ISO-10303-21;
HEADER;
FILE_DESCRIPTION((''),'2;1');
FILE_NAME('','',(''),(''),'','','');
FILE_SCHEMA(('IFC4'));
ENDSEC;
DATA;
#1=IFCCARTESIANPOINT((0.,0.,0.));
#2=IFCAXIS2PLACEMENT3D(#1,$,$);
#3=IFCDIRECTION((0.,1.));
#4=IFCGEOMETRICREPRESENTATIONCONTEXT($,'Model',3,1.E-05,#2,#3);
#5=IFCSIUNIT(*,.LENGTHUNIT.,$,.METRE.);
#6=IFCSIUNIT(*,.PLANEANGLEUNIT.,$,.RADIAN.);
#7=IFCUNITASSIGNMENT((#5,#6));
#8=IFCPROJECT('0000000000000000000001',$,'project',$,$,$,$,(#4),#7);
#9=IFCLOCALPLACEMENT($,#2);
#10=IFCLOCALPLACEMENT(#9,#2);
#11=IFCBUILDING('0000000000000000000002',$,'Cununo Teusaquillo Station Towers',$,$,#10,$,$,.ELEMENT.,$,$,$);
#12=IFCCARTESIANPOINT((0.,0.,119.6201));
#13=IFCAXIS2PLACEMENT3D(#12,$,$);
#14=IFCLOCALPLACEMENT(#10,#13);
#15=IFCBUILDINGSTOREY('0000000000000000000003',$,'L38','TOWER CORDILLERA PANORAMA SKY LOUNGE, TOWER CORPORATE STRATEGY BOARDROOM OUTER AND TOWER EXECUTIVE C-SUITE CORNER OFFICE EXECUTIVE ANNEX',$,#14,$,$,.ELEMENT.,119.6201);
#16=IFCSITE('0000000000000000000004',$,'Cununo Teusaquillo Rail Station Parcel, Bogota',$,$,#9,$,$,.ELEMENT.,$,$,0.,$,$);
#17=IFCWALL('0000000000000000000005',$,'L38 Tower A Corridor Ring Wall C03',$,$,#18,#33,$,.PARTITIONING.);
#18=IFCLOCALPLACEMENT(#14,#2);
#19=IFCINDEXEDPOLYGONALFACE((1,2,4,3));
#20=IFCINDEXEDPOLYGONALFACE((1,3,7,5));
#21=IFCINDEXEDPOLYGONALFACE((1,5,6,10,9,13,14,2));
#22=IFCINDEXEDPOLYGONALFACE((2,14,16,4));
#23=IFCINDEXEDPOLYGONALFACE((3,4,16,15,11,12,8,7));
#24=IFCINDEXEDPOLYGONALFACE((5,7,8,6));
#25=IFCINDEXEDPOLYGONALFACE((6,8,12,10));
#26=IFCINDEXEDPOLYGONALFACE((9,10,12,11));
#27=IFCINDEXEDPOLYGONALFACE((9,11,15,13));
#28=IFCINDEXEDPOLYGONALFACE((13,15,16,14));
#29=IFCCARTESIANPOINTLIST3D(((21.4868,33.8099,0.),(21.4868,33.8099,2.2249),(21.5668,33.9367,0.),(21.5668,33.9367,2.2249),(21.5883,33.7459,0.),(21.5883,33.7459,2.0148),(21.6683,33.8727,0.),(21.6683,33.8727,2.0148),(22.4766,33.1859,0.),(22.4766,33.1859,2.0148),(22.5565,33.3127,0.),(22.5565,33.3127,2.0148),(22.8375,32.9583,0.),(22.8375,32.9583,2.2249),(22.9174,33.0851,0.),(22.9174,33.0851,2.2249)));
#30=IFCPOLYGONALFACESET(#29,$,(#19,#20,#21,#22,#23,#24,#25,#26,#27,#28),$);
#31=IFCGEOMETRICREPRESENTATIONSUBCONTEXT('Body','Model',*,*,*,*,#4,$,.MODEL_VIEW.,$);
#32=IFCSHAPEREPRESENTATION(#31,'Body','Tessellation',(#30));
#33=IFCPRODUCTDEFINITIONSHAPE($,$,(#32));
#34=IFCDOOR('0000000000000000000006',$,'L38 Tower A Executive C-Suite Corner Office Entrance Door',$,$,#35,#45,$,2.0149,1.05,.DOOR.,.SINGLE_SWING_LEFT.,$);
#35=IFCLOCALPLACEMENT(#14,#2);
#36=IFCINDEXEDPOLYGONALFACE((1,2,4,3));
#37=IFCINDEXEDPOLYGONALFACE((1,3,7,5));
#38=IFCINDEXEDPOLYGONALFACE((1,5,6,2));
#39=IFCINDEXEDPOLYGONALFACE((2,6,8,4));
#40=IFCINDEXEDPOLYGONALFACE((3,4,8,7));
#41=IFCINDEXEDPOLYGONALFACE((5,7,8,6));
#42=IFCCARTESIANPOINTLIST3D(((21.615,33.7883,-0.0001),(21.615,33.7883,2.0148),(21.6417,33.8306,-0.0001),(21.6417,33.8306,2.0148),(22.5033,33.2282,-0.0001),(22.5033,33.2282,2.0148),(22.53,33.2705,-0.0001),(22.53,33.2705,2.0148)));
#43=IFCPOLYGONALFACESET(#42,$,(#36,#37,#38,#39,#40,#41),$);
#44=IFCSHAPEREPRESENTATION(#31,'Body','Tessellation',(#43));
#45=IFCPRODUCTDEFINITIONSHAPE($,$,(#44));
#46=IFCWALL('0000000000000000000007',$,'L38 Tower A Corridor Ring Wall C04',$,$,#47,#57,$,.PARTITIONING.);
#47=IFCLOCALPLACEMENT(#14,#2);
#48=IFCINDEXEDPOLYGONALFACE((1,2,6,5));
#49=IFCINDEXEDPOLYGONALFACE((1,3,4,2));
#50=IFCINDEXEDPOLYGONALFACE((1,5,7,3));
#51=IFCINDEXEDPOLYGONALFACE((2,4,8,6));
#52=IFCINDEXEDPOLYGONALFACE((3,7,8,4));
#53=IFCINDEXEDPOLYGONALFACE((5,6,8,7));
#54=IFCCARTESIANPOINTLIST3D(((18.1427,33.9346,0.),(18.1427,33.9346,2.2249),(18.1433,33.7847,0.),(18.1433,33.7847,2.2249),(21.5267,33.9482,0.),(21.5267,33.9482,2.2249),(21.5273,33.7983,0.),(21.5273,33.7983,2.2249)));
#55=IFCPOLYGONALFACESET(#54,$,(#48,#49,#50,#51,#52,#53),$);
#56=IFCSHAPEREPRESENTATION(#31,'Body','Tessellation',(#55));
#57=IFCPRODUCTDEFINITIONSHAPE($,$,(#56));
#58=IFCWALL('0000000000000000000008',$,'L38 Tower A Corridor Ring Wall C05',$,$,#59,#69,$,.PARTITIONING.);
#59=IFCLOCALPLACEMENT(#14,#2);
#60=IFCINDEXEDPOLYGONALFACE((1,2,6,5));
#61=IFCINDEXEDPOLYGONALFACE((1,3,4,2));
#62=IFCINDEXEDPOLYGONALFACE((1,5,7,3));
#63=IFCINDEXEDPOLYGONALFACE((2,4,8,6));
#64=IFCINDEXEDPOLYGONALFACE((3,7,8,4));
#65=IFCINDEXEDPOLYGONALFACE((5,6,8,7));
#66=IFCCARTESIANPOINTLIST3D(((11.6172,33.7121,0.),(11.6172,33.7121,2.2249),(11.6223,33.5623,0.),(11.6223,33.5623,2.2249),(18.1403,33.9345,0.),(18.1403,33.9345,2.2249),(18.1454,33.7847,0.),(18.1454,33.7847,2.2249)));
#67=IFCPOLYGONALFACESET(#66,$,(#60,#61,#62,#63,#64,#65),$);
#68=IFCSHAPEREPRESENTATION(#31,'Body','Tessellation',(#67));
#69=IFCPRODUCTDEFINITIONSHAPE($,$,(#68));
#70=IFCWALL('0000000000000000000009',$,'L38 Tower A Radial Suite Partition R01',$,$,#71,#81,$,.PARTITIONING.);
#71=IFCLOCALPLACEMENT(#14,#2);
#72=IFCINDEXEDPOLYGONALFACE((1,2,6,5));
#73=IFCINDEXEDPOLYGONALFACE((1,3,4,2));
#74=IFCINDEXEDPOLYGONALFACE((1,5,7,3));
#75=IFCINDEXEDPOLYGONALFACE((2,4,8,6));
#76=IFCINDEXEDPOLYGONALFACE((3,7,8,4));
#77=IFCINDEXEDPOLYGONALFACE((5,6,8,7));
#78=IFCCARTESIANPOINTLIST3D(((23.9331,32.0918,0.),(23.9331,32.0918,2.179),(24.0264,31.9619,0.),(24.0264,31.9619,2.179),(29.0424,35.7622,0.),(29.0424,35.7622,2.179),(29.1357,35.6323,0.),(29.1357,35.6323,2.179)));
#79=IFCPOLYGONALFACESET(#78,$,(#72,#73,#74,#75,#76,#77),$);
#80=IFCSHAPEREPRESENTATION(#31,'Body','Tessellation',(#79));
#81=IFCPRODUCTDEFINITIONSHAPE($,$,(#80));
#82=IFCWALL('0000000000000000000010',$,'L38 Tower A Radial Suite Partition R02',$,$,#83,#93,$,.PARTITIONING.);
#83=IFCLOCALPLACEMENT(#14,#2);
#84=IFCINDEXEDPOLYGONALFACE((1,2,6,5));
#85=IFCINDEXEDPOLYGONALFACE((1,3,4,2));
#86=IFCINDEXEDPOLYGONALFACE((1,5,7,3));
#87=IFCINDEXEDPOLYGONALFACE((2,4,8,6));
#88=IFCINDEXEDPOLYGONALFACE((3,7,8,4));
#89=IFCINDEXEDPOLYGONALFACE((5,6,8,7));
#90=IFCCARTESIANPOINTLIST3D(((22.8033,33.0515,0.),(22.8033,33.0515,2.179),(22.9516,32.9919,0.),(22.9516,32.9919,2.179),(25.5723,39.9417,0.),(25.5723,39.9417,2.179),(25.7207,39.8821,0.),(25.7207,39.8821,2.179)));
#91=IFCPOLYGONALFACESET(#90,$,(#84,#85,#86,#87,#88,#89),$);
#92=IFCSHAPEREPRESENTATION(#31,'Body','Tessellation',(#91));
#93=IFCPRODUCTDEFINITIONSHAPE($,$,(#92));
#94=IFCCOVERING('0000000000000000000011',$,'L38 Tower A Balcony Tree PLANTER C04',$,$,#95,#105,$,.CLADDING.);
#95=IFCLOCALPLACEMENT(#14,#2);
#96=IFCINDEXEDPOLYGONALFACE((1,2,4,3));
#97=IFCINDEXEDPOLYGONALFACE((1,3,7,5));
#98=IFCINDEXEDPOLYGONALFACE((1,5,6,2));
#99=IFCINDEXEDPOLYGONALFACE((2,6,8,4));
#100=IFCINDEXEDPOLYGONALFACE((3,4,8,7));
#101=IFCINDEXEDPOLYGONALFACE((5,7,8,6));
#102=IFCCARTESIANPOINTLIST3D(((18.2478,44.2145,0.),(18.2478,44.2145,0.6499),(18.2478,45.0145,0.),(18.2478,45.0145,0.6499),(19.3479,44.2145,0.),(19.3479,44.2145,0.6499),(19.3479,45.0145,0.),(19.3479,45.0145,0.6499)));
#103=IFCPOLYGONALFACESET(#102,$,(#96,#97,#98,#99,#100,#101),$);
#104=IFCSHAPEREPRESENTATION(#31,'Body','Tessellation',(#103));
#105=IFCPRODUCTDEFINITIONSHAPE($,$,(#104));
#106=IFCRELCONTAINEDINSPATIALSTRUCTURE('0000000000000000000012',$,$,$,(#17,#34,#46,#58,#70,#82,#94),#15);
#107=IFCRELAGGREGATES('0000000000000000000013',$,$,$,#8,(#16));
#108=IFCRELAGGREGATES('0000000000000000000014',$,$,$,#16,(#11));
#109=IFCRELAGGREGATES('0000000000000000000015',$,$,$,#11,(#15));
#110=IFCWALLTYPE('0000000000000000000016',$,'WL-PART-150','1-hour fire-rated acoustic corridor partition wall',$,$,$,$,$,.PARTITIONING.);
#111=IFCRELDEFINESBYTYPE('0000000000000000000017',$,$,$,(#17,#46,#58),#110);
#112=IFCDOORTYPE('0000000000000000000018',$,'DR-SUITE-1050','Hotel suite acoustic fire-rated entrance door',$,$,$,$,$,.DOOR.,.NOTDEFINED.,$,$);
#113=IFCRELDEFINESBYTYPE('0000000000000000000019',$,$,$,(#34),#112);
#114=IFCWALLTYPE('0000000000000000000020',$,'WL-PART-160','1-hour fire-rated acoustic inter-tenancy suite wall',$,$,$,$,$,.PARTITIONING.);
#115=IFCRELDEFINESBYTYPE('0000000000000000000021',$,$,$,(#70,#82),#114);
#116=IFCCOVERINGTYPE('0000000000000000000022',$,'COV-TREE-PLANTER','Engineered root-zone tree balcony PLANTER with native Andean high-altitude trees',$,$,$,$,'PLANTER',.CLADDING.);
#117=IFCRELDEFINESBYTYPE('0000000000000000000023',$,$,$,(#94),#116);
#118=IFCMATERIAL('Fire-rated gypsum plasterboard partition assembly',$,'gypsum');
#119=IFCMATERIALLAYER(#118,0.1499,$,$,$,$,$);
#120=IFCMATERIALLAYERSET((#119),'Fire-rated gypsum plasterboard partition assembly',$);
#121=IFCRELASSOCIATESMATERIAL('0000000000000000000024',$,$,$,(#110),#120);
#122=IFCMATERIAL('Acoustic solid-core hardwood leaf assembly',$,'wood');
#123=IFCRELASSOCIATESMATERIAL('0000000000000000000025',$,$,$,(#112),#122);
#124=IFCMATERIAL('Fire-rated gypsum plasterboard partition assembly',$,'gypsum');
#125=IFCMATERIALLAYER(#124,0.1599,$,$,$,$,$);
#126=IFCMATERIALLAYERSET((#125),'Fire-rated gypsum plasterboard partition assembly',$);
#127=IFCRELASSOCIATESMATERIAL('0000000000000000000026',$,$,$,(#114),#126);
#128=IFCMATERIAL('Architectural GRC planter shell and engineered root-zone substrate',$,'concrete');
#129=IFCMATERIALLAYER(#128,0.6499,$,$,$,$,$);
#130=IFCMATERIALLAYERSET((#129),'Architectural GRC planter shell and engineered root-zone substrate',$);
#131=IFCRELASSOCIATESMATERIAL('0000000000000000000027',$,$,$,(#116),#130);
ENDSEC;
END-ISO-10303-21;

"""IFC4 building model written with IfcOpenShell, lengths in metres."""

from ifc_helpers import new_model, si_unit, direction, frame, frame_2d, origin, origin_2d, place, context, subcontext, project, spatial, rectangle, extrude, source, transform, mapped, material, layer, layer_set, type_object, element, fill, save


model = new_model("IFC4")

# Units and contexts
model_context = context("Model", 3, precision=1e-05, world=origin(), true_north=direction((0.0, 1.0)))
body_context = subcontext(model_context, "Body", "Model", "MODEL_VIEW")
ifc_project = project(units=[si_unit("LENGTHUNIT", "METRE"), si_unit("PLANEANGLEUNIT", "RADIAN")], contexts=[model_context])

# Site, building, storey
site_placement = place(None, origin())
site = spatial("IfcSite", under=ifc_project, at=site_placement, Name="Cununo Teusaquillo Rail Station Parcel, Bogota", CompositionType="ELEMENT", RefElevation=0.0)
building_placement = place(site_placement, origin())
building = spatial("IfcBuilding", under=site, at=building_placement, Name="Cununo Teusaquillo Station Towers", CompositionType="ELEMENT")
storey_placement = place(building_placement, frame((0.0, 0.0, 119.6201)))
storey = spatial("IfcBuildingStorey", under=building, at=storey_placement, Name="L38", Description="TOWER CORDILLERA PANORAMA SKY LOUNGE, TOWER CORPORATE STRATEGY BOARDROOM OUTER AND TOWER EXECUTIVE C-SUITE CORNER OFFICE EXECUTIVE ANNEX", CompositionType="ELEMENT", Elevation=119.6201)

# Shared definitions
ifc_material_1 = material(Name="Fire-rated gypsum plasterboard partition assembly", Category="gypsum")
ifc_layer_1 = layer(ifc_material_1, 0.1499)
ifc_layer_set_1 = layer_set([ifc_layer_1], Name="Fire-rated gypsum plasterboard partition assembly")
wall_type_1 = type_object("IfcWallType", Name="WL-PART-150", Description="1-hour fire-rated acoustic corridor partition wall", PredefinedType="PARTITIONING", material=ifc_layer_set_1)

# Wall, opening, door
wall_1_placement = place(storey_placement, frame((22.8774, 33.0217, 0.0), z_axis=(0.0, 0.0, 1.0), x_axis=(-0.845896, 0.533348, 0.0)))
wall_1 = element("IfcWall", 1, at=wall_1_placement, inside=storey, type_object=wall_type_1, Name="L38 Tower A Corridor Ring Wall C03", PredefinedType="PARTITIONING", context=body_context, shape_type="SweptSolid", body=[
    extrude(rectangle(XDim=1.5967, YDim=0.1499, at=frame_2d((0.7983, 0.0))), origin(), (0.0, 0.0, 1.0), 2.2249),
])
shared_shape_1 = source(origin(), body_context, "Body", "SweptSolid", [
    extrude(rectangle(XDim=1.05, YDim=2.0149, at=frame_2d((0.5249, 1.0073))), frame((0.0, 0.085, 0.0), z_axis=(0.0, -1.0, 0.0), x_axis=(1.0, 0.0, 0.0)), (0.0, 0.0, 1.0), 0.1699),
])
opening_1_placement = place(wall_1_placement, frame((0.4268, 0.0, 0.0)))
opening_1 = element("IfcOpeningElement", 2, at=opening_1_placement, cuts=wall_1, PredefinedType="OPENING", context=body_context, shape_type="MappedRepresentation", body=[
    mapped(shared_shape_1, transform((0.0, 0.0, 0.0), x_axis=(1.0, 0.0, 0.0), y_axis=(0.0, 1.0, 0.0), z_axis=(0.0, 0.0, 1.0), scale=1.0)),
])
ifc_material_2 = material(Name="Acoustic solid-core hardwood leaf assembly", Category="wood")
door_type_1 = type_object("IfcDoorType", Name="DR-SUITE-1050", Description="Hotel suite acoustic fire-rated entrance door", OperationType="NOTDEFINED", PredefinedType="DOOR", material=ifc_material_2)
shared_shape_2 = source(origin(), body_context, "Body", "SweptSolid", [
    extrude(rectangle(XDim=1.05, YDim=2.0149, at=frame_2d((0.5249, 1.0073))), frame((0.0, 0.0249, 0.0), z_axis=(0.0, -1.0, 0.0), x_axis=(1.0, 0.0, 0.0)), (0.0, 0.0, 1.0), 0.05),
])
door_1_placement = place(opening_1_placement, origin())
door_1 = element("IfcDoor", 3, at=door_1_placement, inside=storey, type_object=door_type_1, Name="L38 Tower A Executive C-Suite Corner Office Entrance Door", OperationType="SINGLE_SWING_LEFT", OverallHeight=2.0149, OverallWidth=1.05, PredefinedType="DOOR", context=body_context, shape_type="MappedRepresentation", body=[
    mapped(shared_shape_2, transform((0.0, 0.0, 0.0), x_axis=(1.0, 0.0, 0.0), y_axis=(0.0, 1.0, 0.0), z_axis=(0.0, 0.0, 1.0), scale=1.0)),
])
fill(opening_1, door_1)

# Walls
wall_2_placement = place(storey_placement, frame((21.5269, 33.8733, 0.0), z_axis=(0.0, 0.0, 1.0), x_axis=(-0.999992, -0.00404, 0.0)))
element("IfcWall", 4, at=wall_2_placement, inside=storey, type_object=wall_type_1, Name="L38 Tower A Corridor Ring Wall C04", PredefinedType="PARTITIONING", context=body_context, shape_type="SweptSolid", body=[
    extrude(rectangle(XDim=3.384, YDim=0.1499, at=frame_2d((1.6919, 0.0))), origin(), (0.0, 0.0, 1.0), 2.2249),
])
wall_3_placement = place(storey_placement, frame((18.1428, 33.8596, 0.0), z_axis=(0.0, 0.0, 1.0), x_axis=(-0.999419, -0.034077, 0.0)))
element("IfcWall", 5, at=wall_3_placement, inside=storey, type_object=wall_type_1, Name="L38 Tower A Corridor Ring Wall C05", PredefinedType="PARTITIONING", context=body_context, shape_type="SweptSolid", body=[
    extrude(rectangle(XDim=6.5269, YDim=0.1499, at=frame_2d((3.2634, 0.0))), origin(), (0.0, 0.0, 1.0), 2.2249),
])
ifc_material_3 = material(Name="Fire-rated gypsum plasterboard partition assembly", Category="gypsum")
ifc_layer_2 = layer(ifc_material_3, 0.1599)
ifc_layer_set_2 = layer_set([ifc_layer_2], Name="Fire-rated gypsum plasterboard partition assembly")
wall_type_2 = type_object("IfcWallType", Name="WL-PART-160", Description="1-hour fire-rated acoustic inter-tenancy suite wall", PredefinedType="PARTITIONING", material=ifc_layer_set_2)
wall_4_placement = place(storey_placement, frame((23.9797, 32.0269, 0.0), z_axis=(0.0, 0.0, 1.0), x_axis=(0.812162, 0.583431, 0.0)))
element("IfcWall", 6, at=wall_4_placement, inside=storey, type_object=wall_type_2, Name="L38 Tower A Radial Suite Partition R01", PredefinedType="PARTITIONING", context=body_context, shape_type="SweptSolid", body=[
    extrude(rectangle(XDim=6.291, YDim=0.1599, at=frame_2d((3.1455, 0.0))), origin(), (0.0, 0.0, 1.0), 2.179),
])
wall_5_placement = place(storey_placement, frame((22.8774, 33.0217, 0.0), z_axis=(0.0, 0.0, 1.0), x_axis=(0.372898, 0.927872, 0.0)))
element("IfcWall", 7, at=wall_5_placement, inside=storey, type_object=wall_type_2, Name="L38 Tower A Radial Suite Partition R02", PredefinedType="PARTITIONING", context=body_context, shape_type="SweptSolid", body=[
    extrude(rectangle(XDim=7.4258, YDim=0.1599, at=frame_2d((3.7129, 0.0))), origin(), (0.0, 0.0, 1.0), 2.179),
])

# Covering
ifc_material_4 = material(Name="Architectural GRC planter shell and engineered root-zone substrate", Category="concrete")
ifc_layer_3 = layer(ifc_material_4, 0.6499)
ifc_layer_set_3 = layer_set([ifc_layer_3], Name="Architectural GRC planter shell and engineered root-zone substrate")
covering_type = type_object("IfcCoveringType", Name="COV-TREE-PLANTER", Description="Engineered root-zone tree balcony PLANTER with native Andean high-altitude trees", ElementType="PLANTER", PredefinedType="CLADDING", material=ifc_layer_set_3)
shared_shape_3 = source(origin(), body_context, "Body", "SweptSolid", [
    extrude(rectangle(XDim=1.1001, YDim=0.8, at=origin_2d()), origin(), (0.0, 0.0, 1.0), 0.6499),
])
covering_placement = place(storey_placement, frame((18.7979, 44.6145, 0.0), z_axis=(0.0, 0.0, 1.0), x_axis=(1.0, 0.0, 0.0)))
element("IfcCovering", 8, at=covering_placement, inside=storey, type_object=covering_type, Name="L38 Tower A Balcony Tree PLANTER C04", PredefinedType="CLADDING", context=body_context, shape_type="MappedRepresentation", body=[
    mapped(shared_shape_3, transform((0.0, 0.0, 0.0), x_axis=(1.0, 0.0, 0.0), y_axis=(0.0, 1.0, 0.0), z_axis=(0.0, 0.0, 1.0), scale=1.0)),
])

save(model, "model.ifc")
